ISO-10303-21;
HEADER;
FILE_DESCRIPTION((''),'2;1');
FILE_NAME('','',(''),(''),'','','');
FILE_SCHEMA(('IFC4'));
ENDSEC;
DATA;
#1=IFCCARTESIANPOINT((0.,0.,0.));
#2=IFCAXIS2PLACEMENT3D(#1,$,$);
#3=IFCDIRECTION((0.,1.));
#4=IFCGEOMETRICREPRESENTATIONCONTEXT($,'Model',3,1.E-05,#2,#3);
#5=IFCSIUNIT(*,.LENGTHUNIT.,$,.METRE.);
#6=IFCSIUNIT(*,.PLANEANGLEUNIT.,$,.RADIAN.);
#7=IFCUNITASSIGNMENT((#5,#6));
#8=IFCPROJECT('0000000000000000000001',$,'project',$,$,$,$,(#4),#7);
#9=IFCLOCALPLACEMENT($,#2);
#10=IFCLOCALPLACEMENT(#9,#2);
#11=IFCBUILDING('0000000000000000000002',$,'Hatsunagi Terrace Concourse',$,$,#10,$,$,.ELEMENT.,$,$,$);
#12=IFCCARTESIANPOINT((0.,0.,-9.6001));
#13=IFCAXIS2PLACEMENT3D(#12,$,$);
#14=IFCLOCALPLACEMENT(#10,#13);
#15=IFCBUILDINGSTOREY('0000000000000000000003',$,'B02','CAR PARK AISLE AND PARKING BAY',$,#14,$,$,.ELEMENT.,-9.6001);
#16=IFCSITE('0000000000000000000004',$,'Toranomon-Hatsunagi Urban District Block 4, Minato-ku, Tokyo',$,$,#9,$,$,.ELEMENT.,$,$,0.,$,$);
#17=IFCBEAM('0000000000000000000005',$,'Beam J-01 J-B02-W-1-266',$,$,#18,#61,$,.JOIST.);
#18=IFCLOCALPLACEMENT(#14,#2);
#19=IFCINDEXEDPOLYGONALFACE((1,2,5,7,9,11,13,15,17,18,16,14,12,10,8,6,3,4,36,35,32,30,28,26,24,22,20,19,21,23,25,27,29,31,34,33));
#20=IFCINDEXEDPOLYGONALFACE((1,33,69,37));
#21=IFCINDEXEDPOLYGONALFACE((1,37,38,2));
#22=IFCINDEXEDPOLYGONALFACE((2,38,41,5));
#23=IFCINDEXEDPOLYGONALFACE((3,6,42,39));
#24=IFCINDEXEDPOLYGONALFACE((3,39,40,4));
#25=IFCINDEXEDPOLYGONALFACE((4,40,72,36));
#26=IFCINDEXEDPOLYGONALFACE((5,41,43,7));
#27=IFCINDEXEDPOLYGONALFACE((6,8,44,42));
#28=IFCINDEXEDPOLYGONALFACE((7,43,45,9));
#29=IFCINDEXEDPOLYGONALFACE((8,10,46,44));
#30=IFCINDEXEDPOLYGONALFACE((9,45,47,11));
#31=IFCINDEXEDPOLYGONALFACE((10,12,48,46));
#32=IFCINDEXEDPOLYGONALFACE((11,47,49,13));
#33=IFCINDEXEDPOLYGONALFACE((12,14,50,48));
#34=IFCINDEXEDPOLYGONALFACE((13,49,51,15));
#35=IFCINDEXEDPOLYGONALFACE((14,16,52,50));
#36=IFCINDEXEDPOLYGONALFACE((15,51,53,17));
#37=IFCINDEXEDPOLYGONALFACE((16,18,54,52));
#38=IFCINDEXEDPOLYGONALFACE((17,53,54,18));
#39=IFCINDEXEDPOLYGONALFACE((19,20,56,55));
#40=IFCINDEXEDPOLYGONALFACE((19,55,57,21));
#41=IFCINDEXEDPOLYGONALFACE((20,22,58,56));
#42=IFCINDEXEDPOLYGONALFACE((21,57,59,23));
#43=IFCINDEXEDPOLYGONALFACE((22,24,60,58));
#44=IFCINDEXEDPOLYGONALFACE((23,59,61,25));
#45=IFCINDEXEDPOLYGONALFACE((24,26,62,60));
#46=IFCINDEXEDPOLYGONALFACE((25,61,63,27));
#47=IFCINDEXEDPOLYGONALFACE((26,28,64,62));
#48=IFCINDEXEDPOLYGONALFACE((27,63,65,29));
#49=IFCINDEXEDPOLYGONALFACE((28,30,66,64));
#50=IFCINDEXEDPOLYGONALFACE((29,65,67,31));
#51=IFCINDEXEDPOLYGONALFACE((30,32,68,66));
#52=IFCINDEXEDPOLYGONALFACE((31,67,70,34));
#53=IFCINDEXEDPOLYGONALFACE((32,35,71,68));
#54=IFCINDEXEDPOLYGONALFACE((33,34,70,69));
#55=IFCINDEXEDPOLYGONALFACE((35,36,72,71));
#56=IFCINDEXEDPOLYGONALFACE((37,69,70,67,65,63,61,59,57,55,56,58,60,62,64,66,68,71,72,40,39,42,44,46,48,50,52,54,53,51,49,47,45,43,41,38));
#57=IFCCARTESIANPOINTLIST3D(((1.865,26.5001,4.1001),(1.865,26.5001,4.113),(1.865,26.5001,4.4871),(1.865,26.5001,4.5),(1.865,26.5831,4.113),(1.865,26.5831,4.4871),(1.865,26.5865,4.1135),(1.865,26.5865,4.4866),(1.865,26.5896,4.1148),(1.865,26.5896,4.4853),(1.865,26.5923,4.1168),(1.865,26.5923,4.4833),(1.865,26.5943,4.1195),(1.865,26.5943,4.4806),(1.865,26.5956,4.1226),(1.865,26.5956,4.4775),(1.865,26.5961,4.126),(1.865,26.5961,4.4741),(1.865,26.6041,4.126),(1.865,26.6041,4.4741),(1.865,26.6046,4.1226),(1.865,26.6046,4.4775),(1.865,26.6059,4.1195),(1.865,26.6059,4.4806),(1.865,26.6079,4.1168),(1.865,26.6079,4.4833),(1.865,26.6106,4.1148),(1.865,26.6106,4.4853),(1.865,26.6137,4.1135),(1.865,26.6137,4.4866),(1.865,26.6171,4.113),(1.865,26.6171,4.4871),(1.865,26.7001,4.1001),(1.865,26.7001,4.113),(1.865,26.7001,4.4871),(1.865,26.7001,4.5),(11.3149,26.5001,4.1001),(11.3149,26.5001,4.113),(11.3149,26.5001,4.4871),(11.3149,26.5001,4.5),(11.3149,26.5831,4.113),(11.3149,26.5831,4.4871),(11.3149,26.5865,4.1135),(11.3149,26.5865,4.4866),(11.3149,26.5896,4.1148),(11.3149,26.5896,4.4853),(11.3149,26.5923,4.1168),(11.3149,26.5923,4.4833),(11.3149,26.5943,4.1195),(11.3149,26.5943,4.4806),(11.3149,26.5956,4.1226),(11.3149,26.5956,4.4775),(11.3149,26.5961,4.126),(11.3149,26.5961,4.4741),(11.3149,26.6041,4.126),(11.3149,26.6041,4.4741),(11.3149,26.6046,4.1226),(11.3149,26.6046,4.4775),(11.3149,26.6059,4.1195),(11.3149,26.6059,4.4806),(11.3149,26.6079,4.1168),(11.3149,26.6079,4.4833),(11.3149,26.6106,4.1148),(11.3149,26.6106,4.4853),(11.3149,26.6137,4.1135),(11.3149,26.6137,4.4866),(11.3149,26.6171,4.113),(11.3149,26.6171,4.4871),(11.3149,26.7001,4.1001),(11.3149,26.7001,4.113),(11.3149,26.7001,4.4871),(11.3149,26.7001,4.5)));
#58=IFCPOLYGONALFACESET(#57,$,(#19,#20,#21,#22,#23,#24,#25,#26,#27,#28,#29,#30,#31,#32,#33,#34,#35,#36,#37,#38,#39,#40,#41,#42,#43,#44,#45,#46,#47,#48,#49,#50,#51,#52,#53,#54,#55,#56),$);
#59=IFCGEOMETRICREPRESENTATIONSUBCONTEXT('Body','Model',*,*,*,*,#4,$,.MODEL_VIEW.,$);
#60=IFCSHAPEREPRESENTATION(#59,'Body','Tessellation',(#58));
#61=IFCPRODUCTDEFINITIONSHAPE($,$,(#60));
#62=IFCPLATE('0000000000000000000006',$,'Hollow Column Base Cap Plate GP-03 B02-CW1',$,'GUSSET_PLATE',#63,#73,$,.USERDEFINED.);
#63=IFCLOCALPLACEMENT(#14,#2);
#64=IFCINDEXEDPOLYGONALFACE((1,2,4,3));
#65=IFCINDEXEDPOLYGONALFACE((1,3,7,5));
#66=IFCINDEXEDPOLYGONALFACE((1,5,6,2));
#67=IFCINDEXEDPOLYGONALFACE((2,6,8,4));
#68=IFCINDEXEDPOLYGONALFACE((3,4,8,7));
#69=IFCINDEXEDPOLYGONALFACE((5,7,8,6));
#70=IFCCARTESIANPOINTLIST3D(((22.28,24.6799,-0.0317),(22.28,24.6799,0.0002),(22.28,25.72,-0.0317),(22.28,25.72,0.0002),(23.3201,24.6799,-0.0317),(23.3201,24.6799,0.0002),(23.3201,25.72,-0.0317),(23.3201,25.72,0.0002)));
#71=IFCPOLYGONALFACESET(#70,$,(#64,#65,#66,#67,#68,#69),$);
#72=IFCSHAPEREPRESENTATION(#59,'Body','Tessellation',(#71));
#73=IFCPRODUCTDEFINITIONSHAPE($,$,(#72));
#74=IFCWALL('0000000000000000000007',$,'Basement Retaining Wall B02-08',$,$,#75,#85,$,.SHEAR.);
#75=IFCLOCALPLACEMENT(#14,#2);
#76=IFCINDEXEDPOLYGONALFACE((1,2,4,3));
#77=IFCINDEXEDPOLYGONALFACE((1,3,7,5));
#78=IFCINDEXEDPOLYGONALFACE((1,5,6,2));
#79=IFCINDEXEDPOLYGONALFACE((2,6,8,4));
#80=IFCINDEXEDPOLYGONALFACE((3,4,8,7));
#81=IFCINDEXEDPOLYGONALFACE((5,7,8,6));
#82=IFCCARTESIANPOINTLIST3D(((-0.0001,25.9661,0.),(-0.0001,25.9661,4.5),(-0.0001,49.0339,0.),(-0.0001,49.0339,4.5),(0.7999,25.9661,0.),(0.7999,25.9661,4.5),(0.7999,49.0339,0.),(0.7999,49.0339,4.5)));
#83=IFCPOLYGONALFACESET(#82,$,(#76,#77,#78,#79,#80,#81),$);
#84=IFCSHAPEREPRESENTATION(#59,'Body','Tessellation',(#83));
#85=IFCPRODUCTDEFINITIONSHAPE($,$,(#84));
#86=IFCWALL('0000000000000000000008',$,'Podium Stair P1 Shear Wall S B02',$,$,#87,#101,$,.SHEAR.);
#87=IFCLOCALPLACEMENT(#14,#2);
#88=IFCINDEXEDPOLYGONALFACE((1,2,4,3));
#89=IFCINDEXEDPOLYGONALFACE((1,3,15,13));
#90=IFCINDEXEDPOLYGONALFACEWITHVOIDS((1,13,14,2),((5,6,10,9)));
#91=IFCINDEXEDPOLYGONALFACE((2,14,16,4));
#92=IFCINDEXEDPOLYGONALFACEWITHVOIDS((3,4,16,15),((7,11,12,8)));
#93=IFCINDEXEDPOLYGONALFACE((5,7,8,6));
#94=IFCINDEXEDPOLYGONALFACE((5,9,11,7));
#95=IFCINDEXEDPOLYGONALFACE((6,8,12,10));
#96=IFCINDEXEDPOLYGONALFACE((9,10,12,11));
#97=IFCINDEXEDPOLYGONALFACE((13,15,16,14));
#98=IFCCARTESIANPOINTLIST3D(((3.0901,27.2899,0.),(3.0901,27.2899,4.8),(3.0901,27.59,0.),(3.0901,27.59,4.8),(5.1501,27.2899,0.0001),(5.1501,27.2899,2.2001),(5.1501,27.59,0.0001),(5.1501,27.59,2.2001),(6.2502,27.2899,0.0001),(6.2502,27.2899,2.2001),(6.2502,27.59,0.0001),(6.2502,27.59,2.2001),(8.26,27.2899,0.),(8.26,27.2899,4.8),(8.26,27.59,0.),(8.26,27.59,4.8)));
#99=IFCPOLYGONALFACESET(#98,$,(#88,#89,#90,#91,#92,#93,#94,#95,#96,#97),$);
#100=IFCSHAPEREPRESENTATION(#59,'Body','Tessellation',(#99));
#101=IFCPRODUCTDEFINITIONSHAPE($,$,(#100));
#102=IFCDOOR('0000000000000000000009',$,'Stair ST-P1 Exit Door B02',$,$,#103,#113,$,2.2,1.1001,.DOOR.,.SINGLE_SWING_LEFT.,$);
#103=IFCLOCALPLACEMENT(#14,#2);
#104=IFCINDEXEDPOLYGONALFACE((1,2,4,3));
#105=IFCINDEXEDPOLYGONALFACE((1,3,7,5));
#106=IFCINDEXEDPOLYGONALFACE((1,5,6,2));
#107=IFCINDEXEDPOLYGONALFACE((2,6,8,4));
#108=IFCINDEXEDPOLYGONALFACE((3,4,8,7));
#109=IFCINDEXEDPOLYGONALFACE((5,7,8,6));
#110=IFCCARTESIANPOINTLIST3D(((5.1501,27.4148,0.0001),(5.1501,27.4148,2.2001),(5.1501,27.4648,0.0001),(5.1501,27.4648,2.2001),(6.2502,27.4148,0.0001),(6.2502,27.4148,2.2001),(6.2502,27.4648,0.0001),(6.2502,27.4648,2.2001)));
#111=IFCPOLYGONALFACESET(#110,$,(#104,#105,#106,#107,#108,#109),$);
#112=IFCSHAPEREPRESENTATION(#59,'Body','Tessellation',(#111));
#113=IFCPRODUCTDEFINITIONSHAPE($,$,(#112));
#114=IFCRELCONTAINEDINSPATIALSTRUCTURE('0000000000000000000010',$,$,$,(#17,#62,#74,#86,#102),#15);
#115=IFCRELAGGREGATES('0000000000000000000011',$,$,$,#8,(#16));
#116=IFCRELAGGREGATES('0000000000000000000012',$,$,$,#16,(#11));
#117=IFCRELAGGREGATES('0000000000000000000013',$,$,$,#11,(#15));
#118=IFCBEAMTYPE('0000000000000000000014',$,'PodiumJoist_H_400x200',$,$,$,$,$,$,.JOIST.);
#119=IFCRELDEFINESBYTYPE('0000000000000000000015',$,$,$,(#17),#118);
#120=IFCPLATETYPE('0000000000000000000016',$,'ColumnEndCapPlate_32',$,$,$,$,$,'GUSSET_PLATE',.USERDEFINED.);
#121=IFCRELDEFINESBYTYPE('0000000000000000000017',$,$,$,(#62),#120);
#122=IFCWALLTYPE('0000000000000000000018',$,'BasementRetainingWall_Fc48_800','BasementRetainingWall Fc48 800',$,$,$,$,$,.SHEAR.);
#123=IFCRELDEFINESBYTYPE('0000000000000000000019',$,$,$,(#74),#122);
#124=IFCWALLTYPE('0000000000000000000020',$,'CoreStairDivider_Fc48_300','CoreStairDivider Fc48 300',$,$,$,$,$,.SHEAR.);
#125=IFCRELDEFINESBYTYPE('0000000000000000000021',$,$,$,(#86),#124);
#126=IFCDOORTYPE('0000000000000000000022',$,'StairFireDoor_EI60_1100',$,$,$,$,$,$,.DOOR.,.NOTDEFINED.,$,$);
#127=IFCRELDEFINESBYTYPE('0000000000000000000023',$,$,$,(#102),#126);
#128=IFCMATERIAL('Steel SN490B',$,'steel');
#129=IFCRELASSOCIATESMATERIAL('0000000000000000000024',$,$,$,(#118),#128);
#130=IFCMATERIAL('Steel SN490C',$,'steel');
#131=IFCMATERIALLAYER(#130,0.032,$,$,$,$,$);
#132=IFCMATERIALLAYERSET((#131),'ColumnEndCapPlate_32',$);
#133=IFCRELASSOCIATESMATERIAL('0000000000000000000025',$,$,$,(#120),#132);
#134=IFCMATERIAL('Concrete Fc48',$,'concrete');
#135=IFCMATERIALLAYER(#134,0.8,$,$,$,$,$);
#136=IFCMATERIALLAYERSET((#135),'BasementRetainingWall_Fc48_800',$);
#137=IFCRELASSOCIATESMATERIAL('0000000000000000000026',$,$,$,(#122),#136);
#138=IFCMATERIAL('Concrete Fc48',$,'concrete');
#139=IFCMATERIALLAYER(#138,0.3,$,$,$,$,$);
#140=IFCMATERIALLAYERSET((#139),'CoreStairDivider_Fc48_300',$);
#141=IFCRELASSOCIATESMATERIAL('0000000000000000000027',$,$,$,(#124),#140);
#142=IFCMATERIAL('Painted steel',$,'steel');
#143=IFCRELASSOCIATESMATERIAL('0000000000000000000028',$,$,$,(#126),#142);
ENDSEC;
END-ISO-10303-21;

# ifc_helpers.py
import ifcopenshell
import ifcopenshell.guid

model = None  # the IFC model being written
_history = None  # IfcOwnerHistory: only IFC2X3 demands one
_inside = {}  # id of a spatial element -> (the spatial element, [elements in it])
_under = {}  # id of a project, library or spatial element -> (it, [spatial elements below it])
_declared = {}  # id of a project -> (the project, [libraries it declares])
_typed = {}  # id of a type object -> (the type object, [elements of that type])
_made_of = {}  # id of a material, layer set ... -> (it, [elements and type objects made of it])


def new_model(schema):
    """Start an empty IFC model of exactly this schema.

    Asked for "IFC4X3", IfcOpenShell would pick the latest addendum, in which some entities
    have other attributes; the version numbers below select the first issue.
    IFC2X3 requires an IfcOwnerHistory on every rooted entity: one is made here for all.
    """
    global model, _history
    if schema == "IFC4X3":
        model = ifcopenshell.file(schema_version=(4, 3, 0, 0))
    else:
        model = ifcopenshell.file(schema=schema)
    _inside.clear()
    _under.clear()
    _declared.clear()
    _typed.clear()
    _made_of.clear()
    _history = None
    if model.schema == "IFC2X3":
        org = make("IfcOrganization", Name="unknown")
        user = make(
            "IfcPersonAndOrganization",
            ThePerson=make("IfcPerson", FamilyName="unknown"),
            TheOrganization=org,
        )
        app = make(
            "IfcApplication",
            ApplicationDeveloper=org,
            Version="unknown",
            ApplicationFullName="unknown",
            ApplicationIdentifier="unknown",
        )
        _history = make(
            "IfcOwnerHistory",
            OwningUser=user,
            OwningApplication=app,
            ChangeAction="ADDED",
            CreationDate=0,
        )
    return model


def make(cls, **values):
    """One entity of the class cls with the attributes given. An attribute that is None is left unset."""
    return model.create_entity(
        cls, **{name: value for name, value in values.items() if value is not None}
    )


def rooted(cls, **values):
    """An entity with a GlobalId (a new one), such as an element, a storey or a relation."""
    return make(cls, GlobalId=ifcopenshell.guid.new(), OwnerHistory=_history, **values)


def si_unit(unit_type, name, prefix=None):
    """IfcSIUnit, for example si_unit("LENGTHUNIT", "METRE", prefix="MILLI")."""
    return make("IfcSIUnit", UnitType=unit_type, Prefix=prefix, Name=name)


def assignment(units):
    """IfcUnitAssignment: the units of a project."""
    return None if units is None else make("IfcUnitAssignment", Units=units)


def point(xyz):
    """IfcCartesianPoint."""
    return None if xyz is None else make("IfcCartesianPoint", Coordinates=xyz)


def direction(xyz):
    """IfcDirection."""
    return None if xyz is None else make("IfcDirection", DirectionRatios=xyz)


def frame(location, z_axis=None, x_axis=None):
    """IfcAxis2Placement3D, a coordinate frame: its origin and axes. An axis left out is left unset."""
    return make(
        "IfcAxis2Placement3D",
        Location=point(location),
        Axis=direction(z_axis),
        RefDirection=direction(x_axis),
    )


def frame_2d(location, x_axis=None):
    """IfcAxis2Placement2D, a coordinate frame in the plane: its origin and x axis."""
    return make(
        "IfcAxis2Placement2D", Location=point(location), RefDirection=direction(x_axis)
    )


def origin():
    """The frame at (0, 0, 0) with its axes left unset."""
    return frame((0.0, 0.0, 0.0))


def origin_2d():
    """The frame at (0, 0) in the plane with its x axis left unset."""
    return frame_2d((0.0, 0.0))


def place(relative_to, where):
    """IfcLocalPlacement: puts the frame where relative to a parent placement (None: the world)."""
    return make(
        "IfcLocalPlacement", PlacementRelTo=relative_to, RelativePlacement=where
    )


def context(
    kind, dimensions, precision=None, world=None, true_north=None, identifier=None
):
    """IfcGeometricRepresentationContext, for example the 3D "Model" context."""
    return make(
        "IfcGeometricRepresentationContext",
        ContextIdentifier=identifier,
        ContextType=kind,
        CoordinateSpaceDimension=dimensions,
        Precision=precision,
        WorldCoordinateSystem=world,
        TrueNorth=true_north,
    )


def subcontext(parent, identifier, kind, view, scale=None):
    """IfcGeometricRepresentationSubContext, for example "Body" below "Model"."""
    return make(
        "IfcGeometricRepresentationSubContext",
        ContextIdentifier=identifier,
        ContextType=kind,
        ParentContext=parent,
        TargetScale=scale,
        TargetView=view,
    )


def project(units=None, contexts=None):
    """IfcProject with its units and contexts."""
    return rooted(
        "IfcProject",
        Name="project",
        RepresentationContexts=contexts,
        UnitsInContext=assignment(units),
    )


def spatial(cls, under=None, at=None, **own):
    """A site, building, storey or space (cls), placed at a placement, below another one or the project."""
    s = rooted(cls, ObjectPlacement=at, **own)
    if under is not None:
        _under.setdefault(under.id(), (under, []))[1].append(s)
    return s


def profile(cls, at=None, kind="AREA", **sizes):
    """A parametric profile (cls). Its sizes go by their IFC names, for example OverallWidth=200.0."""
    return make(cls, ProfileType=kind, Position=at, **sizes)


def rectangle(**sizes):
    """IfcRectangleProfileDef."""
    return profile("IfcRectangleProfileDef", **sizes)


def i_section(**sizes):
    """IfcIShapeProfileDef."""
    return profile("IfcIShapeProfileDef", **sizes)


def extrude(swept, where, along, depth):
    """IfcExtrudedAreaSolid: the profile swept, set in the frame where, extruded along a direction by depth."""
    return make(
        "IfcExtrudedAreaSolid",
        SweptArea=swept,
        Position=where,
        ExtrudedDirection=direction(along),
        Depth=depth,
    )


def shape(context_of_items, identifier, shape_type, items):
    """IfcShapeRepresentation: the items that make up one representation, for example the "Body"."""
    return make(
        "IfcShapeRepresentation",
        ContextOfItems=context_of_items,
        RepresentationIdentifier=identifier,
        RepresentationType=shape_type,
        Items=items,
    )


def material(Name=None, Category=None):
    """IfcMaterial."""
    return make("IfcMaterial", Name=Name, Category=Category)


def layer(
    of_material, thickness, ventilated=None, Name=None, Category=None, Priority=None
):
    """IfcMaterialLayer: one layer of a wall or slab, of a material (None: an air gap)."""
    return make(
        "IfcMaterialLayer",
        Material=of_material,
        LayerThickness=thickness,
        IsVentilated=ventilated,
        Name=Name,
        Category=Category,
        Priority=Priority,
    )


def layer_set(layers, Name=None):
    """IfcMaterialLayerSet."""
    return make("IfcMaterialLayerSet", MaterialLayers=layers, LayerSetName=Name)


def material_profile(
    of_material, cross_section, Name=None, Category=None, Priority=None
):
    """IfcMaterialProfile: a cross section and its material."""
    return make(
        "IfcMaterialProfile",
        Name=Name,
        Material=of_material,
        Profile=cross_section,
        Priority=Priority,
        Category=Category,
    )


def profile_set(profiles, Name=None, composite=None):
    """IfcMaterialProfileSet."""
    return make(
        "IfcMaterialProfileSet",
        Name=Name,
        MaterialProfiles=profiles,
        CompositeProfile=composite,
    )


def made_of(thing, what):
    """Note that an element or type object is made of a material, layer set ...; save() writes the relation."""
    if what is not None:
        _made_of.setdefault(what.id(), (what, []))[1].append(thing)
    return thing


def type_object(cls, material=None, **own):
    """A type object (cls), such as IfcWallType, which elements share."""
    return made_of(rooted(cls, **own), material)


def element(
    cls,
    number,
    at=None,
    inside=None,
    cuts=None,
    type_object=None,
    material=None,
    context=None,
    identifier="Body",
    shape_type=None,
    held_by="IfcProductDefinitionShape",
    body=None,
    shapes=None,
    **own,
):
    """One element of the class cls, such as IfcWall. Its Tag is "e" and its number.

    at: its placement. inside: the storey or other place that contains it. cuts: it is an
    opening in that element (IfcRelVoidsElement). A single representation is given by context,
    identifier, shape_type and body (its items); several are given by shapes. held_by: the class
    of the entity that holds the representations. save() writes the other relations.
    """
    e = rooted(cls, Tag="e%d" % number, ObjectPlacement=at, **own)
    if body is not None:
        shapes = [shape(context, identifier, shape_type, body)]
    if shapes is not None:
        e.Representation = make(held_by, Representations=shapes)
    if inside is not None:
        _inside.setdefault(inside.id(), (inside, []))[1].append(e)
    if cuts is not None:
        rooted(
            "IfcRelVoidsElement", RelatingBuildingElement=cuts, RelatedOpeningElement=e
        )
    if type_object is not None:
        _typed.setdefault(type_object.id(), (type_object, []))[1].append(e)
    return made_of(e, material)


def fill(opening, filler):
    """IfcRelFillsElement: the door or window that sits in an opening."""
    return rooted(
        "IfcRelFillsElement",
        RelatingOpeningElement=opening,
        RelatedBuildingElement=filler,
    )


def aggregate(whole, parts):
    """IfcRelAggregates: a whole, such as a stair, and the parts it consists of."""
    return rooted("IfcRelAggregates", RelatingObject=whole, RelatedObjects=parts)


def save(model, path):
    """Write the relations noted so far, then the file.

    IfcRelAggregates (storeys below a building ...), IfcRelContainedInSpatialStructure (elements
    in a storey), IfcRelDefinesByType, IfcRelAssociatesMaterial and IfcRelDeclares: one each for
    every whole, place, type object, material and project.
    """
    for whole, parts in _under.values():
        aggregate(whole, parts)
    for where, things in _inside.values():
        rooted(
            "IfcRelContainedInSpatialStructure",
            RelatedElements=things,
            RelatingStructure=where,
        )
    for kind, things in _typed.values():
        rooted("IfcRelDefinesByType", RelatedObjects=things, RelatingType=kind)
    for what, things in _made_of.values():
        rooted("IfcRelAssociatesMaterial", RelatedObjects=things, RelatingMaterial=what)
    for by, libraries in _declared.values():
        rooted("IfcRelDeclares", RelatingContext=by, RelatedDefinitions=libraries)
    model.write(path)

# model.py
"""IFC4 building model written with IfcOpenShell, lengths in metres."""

from ifc_helpers import new_model, si_unit, direction, frame, frame_2d, origin, origin_2d, place, context, subcontext, project, spatial, rectangle, i_section, extrude, material, layer, layer_set, material_profile, profile_set, type_object, element, fill, save


model = new_model("IFC4")

# Units and contexts
model_context = context("Model", 3, precision=1e-05, world=origin(), true_north=direction((0.0, 1.0)))
body_context = subcontext(model_context, "Body", "Model", "MODEL_VIEW")
ifc_project = project(units=[si_unit("LENGTHUNIT", "METRE"), si_unit("PLANEANGLEUNIT", "RADIAN")], contexts=[model_context])

# Site, building, storey
site_placement = place(None, origin())
site = spatial("IfcSite", under=ifc_project, at=site_placement, Name="Toranomon-Hatsunagi Urban District Block 4, Minato-ku, Tokyo", CompositionType="ELEMENT", RefElevation=0.0)
building_placement = place(site_placement, origin())
building = spatial("IfcBuilding", under=site, at=building_placement, Name="Hatsunagi Terrace Concourse", CompositionType="ELEMENT")
storey_placement = place(building_placement, frame((0.0, 0.0, -9.6001)))
storey = spatial("IfcBuildingStorey", under=building, at=storey_placement, Name="B02", Description="CAR PARK AISLE AND PARKING BAY", CompositionType="ELEMENT", Elevation=-9.6001)

# Beam
ifc_material_1 = material(Name="Steel SN490B", Category="steel")
ifc_material_profile_1 = material_profile(ifc_material_1, i_section(OverallWidth=0.2, OverallDepth=0.3999, WebThickness=0.0081, FlangeThickness=0.0129, FilletRadius=0.0129, at=origin_2d()), Name="H-400x200x8x13")
ifc_profile_set_1 = profile_set([ifc_material_profile_1], Name="Steel SN490B")
beam_type_1 = type_object("IfcBeamType", Name="PodiumJoist_H_400x200", PredefinedType="JOIST", material=ifc_profile_set_1)
beam_1_placement = place(storey_placement, frame((1.865, 26.6001, 4.3), z_axis=(1.0, 0.0, 0.0), x_axis=(0.0, 1.0, 0.0)))
element("IfcBeam", 1, at=beam_1_placement, inside=storey, type_object=beam_type_1, Name="Beam J-01 J-B02-W-1-266", PredefinedType="JOIST", context=body_context, shape_type="SweptSolid", body=[
    extrude(i_section(OverallWidth=0.2, OverallDepth=0.3999, WebThickness=0.0081, FlangeThickness=0.0129, FilletRadius=0.0129, at=origin_2d()), origin(), (0.0, 0.0, 1.0), 9.45),
])

# Plate
ifc_material_2 = material(Name="Steel SN490C", Category="steel")
ifc_layer_1 = layer(ifc_material_2, 0.032)
ifc_layer_set_1 = layer_set([ifc_layer_1], Name="ColumnEndCapPlate_32")
plate_type = type_object("IfcPlateType", Name="ColumnEndCapPlate_32", ElementType="GUSSET_PLATE", PredefinedType="USERDEFINED", material=ifc_layer_set_1)
plate_placement = place(storey_placement, frame((22.8, 25.2, -0.0317), z_axis=(0.0, 0.0, 1.0), x_axis=(1.0, 0.0, 0.0)))
element("IfcPlate", 2, at=plate_placement, inside=storey, type_object=plate_type, Name="Hollow Column Base Cap Plate GP-03 B02-CW1", ObjectType="GUSSET_PLATE", PredefinedType="USERDEFINED", context=body_context, shape_type="SweptSolid", body=[
    extrude(rectangle(XDim=1.04, YDim=1.04, at=origin_2d()), origin(), (0.0, 0.0, 1.0), 0.032),
])

# Wall
ifc_material_3 = material(Name="Concrete Fc48", Category="concrete")
ifc_layer_2 = layer(ifc_material_3, 0.8)
ifc_layer_set_2 = layer_set([ifc_layer_2], Name="BasementRetainingWall_Fc48_800")
wall_type_1 = type_object("IfcWallType", Name="BasementRetainingWall_Fc48_800", Description="BasementRetainingWall Fc48 800", PredefinedType="SHEAR", material=ifc_layer_set_2)
wall_1_placement = place(storey_placement, frame((0.3999, 25.9661, 0.0), z_axis=(0.0, 0.0, 1.0), x_axis=(0.0, 1.0, 0.0)))
element("IfcWall", 3, at=wall_1_placement, inside=storey, type_object=wall_type_1, Name="Basement Retaining Wall B02-08", PredefinedType="SHEAR", context=body_context, shape_type="SweptSolid", body=[
    extrude(rectangle(XDim=23.0679, YDim=0.8, at=frame_2d((11.5339, 0.0))), origin(), (0.0, 0.0, 1.0), 4.5),
])

# Wall, opening, door
ifc_material_4 = material(Name="Concrete Fc48", Category="concrete")
ifc_layer_3 = layer(ifc_material_4, 0.3)
ifc_layer_set_3 = layer_set([ifc_layer_3], Name="CoreStairDivider_Fc48_300")
wall_type_2 = type_object("IfcWallType", Name="CoreStairDivider_Fc48_300", Description="CoreStairDivider Fc48 300", PredefinedType="SHEAR", material=ifc_layer_set_3)
wall_2_placement = place(storey_placement, frame((3.0901, 27.4399, 0.0), z_axis=(0.0, 0.0, 1.0), x_axis=(1.0, 0.0, 0.0)))
wall_2 = element("IfcWall", 4, at=wall_2_placement, inside=storey, type_object=wall_type_2, Name="Podium Stair P1 Shear Wall S B02", PredefinedType="SHEAR", context=body_context, shape_type="SweptSolid", body=[
    extrude(rectangle(XDim=5.1699, YDim=0.3, at=frame_2d((2.585, 0.0))), origin(), (0.0, 0.0, 1.0), 4.8),
])
opening_placement = place(wall_2_placement, frame((2.0601, 0.0, 0.0)))
opening = element("IfcOpeningElement", 5, at=opening_placement, cuts=wall_2, PredefinedType="OPENING", context=body_context, shape_type="SweptSolid", body=[
    extrude(rectangle(XDim=1.1001, YDim=2.2, at=frame_2d((0.55, 1.1001))), frame((0.0, 0.1599, 0.0), z_axis=(0.0, -1.0, 0.0), x_axis=(1.0, 0.0, 0.0)), (0.0, 0.0, 1.0), 0.3201),
])
ifc_material_5 = material(Name="Painted steel", Category="steel")
door_type = type_object("IfcDoorType", Name="StairFireDoor_EI60_1100", OperationType="NOTDEFINED", PredefinedType="DOOR", material=ifc_material_5)
door_placement = place(opening_placement, origin())
door = element("IfcDoor", 6, at=door_placement, inside=storey, type_object=door_type, Name="Stair ST-P1 Exit Door B02", OperationType="SINGLE_SWING_LEFT", OverallHeight=2.2, OverallWidth=1.1001, PredefinedType="DOOR", context=body_context, shape_type="SweptSolid", body=[
    extrude(rectangle(XDim=1.1001, YDim=2.2, at=frame_2d((0.55, 1.1001))), frame((0.0, 0.0249, 0.0), z_axis=(0.0, -1.0, 0.0), x_axis=(1.0, 0.0, 0.0)), (0.0, 0.0, 1.0), 0.05),
])
fill(opening, door)

save(model, "model.ifc")
